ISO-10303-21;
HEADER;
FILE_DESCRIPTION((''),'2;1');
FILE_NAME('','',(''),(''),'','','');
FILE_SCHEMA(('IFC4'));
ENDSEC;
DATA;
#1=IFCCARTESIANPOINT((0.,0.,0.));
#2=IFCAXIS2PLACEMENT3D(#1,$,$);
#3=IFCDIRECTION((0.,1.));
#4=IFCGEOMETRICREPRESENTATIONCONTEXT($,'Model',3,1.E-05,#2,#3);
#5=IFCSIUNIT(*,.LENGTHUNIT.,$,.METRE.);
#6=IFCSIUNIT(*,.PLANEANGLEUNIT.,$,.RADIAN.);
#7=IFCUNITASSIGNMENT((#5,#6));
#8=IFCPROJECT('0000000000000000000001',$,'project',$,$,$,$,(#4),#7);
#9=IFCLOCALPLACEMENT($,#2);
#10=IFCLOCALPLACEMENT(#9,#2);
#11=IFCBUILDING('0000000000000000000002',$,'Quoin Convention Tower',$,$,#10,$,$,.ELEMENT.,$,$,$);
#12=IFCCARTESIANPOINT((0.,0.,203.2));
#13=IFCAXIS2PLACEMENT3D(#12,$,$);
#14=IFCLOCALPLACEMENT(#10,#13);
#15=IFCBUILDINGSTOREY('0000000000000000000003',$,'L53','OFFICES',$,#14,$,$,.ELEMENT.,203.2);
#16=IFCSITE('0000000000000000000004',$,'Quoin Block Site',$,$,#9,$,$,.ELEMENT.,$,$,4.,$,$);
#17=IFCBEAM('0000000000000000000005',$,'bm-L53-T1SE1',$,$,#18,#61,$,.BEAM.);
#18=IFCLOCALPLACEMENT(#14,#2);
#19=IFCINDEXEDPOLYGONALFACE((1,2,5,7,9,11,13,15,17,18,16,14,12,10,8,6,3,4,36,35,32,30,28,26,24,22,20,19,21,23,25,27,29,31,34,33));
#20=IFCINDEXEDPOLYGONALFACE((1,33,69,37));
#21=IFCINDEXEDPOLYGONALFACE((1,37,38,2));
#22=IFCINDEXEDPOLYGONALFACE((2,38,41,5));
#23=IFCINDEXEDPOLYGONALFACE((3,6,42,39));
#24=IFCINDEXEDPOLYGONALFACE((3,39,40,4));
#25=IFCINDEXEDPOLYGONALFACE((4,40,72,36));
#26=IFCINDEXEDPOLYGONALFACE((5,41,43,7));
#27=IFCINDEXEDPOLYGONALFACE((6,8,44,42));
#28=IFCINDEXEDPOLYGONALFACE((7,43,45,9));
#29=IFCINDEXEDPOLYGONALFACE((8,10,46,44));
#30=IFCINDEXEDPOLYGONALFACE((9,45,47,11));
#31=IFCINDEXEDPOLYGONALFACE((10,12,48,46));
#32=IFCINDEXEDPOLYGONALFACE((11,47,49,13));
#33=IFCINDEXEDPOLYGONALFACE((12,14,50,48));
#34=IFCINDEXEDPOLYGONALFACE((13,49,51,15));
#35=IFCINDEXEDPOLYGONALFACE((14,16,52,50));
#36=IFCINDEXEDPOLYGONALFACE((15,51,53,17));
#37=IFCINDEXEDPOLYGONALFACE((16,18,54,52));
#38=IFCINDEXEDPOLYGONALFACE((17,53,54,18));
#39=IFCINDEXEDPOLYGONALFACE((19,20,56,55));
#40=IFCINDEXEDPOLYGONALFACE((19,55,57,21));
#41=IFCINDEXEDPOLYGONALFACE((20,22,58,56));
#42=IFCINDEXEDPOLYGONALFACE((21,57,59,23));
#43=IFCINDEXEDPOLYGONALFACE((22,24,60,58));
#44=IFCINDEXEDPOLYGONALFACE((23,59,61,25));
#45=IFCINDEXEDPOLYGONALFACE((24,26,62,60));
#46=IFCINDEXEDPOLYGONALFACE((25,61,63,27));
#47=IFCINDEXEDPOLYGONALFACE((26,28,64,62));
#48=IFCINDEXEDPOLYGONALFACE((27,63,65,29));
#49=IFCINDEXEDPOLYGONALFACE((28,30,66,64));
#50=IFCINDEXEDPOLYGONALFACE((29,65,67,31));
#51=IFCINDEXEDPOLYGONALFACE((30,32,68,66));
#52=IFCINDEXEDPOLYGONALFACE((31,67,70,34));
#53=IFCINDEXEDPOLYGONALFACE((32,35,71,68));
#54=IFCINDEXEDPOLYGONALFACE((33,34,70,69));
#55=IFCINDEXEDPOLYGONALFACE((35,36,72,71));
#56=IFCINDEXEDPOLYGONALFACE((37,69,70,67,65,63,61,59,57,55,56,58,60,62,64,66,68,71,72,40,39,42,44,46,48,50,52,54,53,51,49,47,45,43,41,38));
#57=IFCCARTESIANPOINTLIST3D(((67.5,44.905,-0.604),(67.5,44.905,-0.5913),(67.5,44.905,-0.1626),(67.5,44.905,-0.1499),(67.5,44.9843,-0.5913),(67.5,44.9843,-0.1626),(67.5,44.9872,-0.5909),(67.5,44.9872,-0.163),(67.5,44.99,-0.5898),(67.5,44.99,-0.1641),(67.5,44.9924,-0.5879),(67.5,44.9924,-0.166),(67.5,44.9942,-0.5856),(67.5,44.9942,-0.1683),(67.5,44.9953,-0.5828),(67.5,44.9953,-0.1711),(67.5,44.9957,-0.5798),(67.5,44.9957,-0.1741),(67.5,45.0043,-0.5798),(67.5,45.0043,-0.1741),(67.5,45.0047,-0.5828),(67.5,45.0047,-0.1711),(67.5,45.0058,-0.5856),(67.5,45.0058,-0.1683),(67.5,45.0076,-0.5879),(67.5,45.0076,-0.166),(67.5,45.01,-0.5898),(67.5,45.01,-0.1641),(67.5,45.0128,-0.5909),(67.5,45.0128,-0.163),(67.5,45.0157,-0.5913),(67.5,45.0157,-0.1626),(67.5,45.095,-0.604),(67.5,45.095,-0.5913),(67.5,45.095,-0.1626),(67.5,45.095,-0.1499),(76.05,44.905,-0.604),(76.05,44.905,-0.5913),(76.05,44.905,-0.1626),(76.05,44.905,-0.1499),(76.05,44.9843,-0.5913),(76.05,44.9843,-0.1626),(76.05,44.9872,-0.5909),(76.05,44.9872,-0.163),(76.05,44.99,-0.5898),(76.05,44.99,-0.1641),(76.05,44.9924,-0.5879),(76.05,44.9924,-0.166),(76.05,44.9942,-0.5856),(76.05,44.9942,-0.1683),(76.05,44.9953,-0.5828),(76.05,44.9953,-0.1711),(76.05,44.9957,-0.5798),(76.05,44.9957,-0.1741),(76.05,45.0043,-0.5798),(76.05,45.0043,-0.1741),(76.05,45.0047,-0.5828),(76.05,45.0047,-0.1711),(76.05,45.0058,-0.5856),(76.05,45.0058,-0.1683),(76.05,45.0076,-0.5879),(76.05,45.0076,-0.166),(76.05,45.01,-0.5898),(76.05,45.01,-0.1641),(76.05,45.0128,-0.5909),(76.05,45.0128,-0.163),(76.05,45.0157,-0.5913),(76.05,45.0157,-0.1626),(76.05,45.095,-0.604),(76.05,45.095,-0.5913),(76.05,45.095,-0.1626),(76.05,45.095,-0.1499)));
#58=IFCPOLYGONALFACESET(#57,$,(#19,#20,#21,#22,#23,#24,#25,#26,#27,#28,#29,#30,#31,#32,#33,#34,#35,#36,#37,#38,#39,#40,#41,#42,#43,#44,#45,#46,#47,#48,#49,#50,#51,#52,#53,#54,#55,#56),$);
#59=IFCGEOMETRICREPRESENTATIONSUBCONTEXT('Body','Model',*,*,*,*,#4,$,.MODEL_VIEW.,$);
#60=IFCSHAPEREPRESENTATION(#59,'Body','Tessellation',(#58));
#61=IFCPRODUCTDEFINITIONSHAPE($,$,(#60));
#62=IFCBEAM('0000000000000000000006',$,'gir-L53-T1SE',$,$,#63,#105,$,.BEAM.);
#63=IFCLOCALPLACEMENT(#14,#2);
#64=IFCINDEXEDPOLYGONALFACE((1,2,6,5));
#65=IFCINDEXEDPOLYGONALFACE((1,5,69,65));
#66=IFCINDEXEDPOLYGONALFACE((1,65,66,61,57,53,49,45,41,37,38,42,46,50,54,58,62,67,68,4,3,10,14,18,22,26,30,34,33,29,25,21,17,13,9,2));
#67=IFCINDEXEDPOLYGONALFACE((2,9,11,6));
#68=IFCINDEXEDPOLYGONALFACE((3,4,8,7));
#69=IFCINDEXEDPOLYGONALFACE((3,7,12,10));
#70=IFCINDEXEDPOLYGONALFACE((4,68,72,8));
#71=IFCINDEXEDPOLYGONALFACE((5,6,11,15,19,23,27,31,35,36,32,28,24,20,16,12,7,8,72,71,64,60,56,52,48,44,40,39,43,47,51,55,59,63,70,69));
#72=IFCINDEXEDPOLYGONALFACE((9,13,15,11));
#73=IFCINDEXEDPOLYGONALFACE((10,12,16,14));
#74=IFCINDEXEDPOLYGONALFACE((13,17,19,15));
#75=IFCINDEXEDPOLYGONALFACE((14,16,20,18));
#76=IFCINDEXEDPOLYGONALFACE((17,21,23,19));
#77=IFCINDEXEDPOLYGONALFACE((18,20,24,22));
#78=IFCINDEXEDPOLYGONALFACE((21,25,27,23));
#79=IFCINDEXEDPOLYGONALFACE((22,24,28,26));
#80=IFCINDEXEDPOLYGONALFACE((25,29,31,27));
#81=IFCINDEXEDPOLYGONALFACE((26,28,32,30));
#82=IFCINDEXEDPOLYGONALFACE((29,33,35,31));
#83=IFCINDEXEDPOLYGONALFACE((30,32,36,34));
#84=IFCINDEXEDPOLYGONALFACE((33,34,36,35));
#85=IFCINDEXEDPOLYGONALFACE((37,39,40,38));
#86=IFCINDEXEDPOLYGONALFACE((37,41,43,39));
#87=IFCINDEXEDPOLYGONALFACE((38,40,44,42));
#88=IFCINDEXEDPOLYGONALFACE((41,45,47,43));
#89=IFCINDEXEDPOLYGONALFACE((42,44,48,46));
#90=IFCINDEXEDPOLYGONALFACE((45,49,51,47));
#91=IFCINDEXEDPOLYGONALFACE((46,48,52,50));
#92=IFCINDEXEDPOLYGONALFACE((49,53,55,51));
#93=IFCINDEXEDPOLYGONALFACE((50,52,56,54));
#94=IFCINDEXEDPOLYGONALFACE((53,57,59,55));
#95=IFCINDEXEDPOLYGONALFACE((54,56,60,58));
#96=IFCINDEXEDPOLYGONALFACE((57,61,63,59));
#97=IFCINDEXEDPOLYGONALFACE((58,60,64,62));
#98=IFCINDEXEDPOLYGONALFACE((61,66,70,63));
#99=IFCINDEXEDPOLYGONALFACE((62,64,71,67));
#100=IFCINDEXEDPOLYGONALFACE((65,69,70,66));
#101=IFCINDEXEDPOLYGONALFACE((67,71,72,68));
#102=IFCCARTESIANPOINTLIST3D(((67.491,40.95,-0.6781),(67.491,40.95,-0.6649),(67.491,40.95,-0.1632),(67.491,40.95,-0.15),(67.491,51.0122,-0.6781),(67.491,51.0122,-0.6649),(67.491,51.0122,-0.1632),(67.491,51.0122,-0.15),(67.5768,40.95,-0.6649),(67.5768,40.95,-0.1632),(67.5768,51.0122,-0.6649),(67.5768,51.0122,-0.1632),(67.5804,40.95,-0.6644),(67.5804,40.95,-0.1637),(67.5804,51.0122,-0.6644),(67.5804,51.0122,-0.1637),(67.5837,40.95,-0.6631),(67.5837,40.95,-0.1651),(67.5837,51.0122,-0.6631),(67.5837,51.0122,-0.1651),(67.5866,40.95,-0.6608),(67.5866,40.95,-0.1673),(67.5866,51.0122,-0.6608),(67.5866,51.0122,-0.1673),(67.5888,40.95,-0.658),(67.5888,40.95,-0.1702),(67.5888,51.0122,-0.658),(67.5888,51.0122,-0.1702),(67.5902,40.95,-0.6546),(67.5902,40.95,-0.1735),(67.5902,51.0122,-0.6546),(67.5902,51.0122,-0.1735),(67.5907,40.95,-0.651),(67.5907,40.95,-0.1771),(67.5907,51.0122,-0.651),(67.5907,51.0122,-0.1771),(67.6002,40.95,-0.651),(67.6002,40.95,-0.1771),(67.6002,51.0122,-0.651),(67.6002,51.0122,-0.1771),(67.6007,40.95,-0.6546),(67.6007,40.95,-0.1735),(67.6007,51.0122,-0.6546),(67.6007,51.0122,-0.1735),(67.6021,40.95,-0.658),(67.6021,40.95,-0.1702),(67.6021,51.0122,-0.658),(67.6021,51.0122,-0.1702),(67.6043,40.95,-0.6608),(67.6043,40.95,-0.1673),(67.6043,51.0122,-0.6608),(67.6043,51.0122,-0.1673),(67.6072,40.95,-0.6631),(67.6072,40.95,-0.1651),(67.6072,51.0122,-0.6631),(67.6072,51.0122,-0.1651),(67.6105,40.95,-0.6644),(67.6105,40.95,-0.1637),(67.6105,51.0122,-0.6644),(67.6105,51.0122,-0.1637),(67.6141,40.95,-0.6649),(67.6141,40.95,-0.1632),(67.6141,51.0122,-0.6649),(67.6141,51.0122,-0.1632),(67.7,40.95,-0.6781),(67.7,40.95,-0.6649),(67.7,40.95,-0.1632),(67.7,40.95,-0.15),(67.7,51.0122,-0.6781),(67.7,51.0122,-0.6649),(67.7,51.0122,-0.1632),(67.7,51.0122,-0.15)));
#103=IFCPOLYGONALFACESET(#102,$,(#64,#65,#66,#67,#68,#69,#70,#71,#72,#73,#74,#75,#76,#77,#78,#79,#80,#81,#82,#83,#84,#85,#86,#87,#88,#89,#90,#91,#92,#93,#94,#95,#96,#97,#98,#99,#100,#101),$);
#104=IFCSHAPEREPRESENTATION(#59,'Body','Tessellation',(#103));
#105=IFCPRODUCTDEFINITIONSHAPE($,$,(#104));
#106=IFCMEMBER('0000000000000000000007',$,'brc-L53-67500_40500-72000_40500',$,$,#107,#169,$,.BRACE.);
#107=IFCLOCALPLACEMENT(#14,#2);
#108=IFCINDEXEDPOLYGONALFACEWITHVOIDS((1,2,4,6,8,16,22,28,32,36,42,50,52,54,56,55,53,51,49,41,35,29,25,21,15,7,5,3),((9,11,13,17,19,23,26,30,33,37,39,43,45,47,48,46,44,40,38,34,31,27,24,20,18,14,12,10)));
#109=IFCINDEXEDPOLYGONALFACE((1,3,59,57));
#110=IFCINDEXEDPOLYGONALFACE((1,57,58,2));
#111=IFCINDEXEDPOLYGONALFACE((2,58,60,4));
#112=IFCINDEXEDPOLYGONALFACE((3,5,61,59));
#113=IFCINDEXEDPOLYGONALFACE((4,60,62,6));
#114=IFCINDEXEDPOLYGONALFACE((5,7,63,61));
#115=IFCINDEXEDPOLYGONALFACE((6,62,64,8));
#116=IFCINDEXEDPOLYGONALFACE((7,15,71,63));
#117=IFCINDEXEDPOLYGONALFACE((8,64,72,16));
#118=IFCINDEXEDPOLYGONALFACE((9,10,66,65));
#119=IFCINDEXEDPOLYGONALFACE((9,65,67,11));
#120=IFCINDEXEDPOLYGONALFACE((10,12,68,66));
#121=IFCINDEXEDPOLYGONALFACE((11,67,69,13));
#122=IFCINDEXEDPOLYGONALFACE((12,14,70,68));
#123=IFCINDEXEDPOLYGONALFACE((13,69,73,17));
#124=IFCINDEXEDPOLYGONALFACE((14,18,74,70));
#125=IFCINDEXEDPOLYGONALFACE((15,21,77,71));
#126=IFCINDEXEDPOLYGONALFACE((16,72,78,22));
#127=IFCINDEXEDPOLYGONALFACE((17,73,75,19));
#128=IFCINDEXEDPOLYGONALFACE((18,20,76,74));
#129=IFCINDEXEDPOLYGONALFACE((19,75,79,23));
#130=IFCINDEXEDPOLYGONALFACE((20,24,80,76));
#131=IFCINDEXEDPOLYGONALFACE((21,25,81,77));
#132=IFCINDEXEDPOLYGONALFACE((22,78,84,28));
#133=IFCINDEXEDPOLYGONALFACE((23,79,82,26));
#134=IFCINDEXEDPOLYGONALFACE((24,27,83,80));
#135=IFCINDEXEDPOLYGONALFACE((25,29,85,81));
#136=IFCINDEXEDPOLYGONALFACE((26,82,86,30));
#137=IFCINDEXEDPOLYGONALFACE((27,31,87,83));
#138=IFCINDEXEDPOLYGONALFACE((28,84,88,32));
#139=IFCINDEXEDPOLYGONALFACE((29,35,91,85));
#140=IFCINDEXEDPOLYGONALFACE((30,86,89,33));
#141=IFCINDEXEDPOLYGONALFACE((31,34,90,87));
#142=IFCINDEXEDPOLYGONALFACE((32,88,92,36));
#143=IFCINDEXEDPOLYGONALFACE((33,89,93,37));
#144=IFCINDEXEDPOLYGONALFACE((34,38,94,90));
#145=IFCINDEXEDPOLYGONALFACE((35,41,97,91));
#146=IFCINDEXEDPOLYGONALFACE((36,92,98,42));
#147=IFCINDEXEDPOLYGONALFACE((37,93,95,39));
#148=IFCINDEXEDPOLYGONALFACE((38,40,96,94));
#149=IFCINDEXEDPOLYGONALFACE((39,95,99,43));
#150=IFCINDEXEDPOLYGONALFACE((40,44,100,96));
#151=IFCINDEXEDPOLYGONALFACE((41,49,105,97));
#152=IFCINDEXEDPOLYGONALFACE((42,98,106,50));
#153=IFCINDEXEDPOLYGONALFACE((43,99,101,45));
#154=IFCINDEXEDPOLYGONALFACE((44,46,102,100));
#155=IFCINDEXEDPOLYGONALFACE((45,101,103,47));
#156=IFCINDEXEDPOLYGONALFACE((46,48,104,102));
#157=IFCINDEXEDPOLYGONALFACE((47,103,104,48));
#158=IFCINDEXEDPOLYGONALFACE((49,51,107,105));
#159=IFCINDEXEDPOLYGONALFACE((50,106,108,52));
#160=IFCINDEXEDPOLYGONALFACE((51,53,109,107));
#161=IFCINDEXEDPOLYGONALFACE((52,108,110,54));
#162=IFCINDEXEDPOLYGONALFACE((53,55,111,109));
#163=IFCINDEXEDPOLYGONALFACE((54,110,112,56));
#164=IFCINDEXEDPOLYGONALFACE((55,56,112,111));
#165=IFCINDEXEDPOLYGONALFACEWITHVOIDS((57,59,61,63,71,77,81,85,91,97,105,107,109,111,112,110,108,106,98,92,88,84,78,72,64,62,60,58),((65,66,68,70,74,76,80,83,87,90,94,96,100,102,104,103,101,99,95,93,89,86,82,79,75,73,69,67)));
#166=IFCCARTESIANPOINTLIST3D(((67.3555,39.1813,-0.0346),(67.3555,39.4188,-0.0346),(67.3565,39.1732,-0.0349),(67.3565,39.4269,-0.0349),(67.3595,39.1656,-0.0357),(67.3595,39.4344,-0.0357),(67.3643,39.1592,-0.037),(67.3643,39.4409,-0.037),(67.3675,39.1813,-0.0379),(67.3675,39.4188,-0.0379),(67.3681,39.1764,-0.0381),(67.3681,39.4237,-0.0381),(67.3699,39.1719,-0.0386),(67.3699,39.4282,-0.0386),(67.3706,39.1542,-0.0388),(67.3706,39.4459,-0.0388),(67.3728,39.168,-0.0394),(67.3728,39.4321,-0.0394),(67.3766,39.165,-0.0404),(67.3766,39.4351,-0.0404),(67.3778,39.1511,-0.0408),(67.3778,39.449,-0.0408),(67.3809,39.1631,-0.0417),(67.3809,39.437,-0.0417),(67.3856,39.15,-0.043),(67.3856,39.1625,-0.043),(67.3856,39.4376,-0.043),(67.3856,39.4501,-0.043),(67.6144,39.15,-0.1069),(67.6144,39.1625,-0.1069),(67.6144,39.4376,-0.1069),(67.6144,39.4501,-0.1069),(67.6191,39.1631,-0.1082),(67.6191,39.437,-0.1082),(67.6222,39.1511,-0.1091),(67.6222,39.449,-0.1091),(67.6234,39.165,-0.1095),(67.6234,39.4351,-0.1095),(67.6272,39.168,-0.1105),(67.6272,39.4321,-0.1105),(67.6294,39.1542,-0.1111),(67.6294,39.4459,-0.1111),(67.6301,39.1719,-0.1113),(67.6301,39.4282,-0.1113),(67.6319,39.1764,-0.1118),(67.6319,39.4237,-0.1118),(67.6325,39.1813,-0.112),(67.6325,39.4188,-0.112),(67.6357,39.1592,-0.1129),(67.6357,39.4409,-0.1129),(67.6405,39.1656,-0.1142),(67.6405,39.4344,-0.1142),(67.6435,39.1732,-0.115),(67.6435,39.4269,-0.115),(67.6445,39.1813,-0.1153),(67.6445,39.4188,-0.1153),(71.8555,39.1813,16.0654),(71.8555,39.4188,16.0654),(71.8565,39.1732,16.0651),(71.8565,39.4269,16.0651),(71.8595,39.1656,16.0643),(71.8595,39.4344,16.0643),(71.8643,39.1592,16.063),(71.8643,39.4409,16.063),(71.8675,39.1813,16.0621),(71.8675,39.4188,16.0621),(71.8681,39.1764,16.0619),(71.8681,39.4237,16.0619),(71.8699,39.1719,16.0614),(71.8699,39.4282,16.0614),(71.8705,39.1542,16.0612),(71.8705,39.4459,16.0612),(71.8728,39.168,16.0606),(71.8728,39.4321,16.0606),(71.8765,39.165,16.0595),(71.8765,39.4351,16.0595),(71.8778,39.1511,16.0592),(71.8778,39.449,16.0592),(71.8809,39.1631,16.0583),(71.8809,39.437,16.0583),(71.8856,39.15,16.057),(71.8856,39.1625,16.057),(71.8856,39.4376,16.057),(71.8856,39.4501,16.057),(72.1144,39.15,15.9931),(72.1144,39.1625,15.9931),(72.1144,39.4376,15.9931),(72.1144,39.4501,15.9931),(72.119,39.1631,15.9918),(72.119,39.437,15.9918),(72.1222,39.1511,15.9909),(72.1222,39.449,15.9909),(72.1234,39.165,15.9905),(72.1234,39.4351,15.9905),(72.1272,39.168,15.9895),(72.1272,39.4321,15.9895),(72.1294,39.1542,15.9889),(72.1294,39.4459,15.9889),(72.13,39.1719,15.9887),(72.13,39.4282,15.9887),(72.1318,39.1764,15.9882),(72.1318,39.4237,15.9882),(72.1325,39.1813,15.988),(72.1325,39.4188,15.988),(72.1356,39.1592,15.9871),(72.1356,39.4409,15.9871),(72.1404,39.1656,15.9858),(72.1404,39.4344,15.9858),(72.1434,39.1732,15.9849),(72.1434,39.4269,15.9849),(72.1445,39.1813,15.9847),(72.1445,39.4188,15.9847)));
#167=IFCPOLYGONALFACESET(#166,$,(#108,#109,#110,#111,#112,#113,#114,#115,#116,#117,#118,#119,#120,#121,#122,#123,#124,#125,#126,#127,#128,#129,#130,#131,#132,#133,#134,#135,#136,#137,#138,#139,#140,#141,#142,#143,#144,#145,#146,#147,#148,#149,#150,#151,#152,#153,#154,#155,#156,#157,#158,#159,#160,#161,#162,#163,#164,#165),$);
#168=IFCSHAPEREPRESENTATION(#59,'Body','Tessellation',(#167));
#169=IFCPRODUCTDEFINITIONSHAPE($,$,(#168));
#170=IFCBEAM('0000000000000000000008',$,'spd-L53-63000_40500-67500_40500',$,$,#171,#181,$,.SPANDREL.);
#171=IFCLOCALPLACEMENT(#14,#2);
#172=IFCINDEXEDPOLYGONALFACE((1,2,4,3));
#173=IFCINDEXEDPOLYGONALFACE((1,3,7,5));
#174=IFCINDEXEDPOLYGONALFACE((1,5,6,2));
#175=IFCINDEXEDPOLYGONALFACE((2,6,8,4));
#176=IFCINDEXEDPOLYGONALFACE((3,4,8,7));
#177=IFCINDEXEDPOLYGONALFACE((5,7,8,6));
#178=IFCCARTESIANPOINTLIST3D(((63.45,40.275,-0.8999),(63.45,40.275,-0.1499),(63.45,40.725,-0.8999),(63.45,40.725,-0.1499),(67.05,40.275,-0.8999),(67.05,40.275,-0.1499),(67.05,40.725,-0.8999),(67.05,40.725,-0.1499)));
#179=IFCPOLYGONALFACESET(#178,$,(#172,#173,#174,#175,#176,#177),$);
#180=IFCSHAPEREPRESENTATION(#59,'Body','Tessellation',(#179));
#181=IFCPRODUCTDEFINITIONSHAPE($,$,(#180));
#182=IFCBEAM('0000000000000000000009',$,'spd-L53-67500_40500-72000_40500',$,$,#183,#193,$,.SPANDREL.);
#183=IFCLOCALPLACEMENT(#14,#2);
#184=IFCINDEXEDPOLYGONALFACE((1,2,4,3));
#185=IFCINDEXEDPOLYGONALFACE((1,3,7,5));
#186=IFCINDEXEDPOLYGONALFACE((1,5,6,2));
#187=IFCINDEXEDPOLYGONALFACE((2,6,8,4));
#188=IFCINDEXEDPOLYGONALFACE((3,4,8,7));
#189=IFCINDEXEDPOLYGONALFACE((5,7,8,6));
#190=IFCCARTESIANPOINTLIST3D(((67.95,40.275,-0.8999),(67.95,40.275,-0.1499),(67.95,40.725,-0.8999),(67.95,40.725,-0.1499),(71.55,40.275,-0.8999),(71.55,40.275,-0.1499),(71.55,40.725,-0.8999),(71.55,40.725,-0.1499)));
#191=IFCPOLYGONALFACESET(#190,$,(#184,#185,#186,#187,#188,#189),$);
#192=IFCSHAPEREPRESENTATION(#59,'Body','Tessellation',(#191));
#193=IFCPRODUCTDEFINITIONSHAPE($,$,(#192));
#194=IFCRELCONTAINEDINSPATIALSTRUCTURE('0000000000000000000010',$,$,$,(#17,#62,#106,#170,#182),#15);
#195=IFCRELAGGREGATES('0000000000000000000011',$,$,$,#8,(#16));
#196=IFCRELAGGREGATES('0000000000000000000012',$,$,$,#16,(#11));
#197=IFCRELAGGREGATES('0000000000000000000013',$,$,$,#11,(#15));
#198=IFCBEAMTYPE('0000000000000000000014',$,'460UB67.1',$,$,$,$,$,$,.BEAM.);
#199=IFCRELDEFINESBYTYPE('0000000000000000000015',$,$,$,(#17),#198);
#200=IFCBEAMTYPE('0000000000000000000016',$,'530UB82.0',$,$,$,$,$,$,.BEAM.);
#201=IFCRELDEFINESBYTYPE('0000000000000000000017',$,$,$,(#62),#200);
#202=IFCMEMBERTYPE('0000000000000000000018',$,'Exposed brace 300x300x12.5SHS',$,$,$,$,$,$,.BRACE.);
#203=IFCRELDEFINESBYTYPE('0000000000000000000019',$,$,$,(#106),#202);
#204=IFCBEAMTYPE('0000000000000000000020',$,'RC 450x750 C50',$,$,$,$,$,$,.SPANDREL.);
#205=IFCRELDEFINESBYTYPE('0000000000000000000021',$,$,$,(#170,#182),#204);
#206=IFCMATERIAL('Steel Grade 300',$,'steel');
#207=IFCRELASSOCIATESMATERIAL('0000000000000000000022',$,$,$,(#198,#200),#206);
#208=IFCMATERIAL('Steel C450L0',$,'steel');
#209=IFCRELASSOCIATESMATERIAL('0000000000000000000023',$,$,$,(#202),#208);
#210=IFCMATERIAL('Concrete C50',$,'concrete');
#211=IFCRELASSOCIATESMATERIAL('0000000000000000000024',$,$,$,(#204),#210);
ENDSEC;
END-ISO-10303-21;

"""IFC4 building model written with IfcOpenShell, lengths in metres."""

from ifc_helpers import new_model, si_unit, direction, frame, origin, origin_2d, place, context, subcontext, project, spatial, rectangle, hollow_rectangle, i_section, extrude, material, material_profile, profile_set, type_object, element, save


model = new_model("IFC4")

# Units and contexts
model_context = context("Model", 3, precision=1e-05, world=origin(), true_north=direction((0.0, 1.0)))
body_context = subcontext(model_context, "Body", "Model", "MODEL_VIEW")
ifc_project = project(units=[si_unit("LENGTHUNIT", "METRE"), si_unit("PLANEANGLEUNIT", "RADIAN")], contexts=[model_context])

# Site, building, storey
site_placement = place(None, origin())
site = spatial("IfcSite", under=ifc_project, at=site_placement, Name="Quoin Block Site", CompositionType="ELEMENT", RefElevation=4.0)
building_placement = place(site_placement, origin())
building = spatial("IfcBuilding", under=site, at=building_placement, Name="Quoin Convention Tower", CompositionType="ELEMENT")
storey_placement = place(building_placement, frame((0.0, 0.0, 203.2)))
storey = spatial("IfcBuildingStorey", under=building, at=storey_placement, Name="L53", Description="OFFICES", CompositionType="ELEMENT", Elevation=203.2)

# Shared definitions
ifc_material_1 = material(Name="Concrete C50", Category="concrete")

# Beams
ifc_material_2 = material(Name="Steel Grade 300", Category="steel")
ifc_material_profile_1 = material_profile(ifc_material_2, i_section(OverallWidth=0.1899, OverallDepth=0.4541, WebThickness=0.0085, FlangeThickness=0.0127, FilletRadius=0.0115, at=origin_2d()), Name="460UB67.1")
ifc_profile_set_1 = profile_set([ifc_material_profile_1], Name="Steel Grade 300")
beam_type_1 = type_object("IfcBeamType", Name="460UB67.1", PredefinedType="BEAM", material=ifc_profile_set_1)
beam_1_placement = place(storey_placement, frame((67.5, 45.0, -0.377), z_axis=(1.0, 0.0, 0.0), x_axis=(0.0, 1.0, 0.0)))
element("IfcBeam", 1, at=beam_1_placement, inside=storey, type_object=beam_type_1, Name="bm-L53-T1SE1", PredefinedType="BEAM", context=body_context, shape_type="SweptSolid", body=[
    extrude(i_section(OverallWidth=0.1899, OverallDepth=0.4541, WebThickness=0.0085, FlangeThickness=0.0127, FilletRadius=0.0115, at=origin_2d()), origin(), (0.0, 0.0, 1.0), 8.55),
])
ifc_material_profile_2 = material_profile(ifc_material_2, i_section(OverallWidth=0.209, OverallDepth=0.5281, WebThickness=0.0095, FlangeThickness=0.0132, FilletRadius=0.0139, at=origin_2d()), Name="530UB82.0")
ifc_profile_set_2 = profile_set([ifc_material_profile_2], Name="Steel Grade 300")
beam_type_2 = type_object("IfcBeamType", Name="530UB82.0", PredefinedType="BEAM", material=ifc_profile_set_2)
beam_2_placement = place(storey_placement, frame((67.5955, 40.95, -0.4141), z_axis=(0.0, 1.0, 0.0), x_axis=(-1.0, 0.0, 0.0)))
element("IfcBeam", 2, at=beam_2_placement, inside=storey, type_object=beam_type_2, Name="gir-L53-T1SE", PredefinedType="BEAM", context=body_context, shape_type="SweptSolid", body=[
    extrude(i_section(OverallWidth=0.209, OverallDepth=0.5281, WebThickness=0.0095, FlangeThickness=0.0132, FilletRadius=0.0139, at=origin_2d()), origin(), (0.0, 0.0, 1.0), 10.0623),
])

# Member
ifc_material_3 = material(Name="Steel C450L0", Category="steel")
ifc_material_profile_3 = material_profile(ifc_material_3, hollow_rectangle(XDim=0.3, YDim=0.3, WallThickness=0.0125, InnerFilletRadius=0.0188, OuterFilletRadius=0.0312, at=origin_2d()), Name="300x300x12.5SHS")
ifc_profile_set_3 = profile_set([ifc_material_profile_3], Name="Steel C450L0")
member_type = type_object("IfcMemberType", Name="Exposed brace 300x300x12.5SHS", PredefinedType="BRACE", material=ifc_profile_set_3)
member_placement = place(storey_placement, frame((67.5, 39.3, -0.075), z_axis=(0.269185, 0.0, 0.963089), x_axis=(0.0, 1.0, 0.0)))
element("IfcMember", 3, at=member_placement, inside=storey, type_object=member_type, Name="brc-L53-67500_40500-72000_40500", PredefinedType="BRACE", context=body_context, shape_type="SweptSolid", body=[
    extrude(hollow_rectangle(XDim=0.3, YDim=0.3, WallThickness=0.0125, InnerFilletRadius=0.0188, OuterFilletRadius=0.0312, at=origin_2d()), origin(), (0.0, 0.0, 1.0), 16.717),
])

# Beams
ifc_material_profile_4 = material_profile(ifc_material_1, rectangle(XDim=0.45, YDim=0.75, at=origin_2d()), Name="RC 450x750")
ifc_profile_set_4 = profile_set([ifc_material_profile_4], Name="Concrete C50")
beam_type_3 = type_object("IfcBeamType", Name="RC 450x750 C50", PredefinedType="SPANDREL", material=ifc_profile_set_4)
for number, where, z_axis, x_axis, name in (
    (4, (63.45, 40.5, -0.5249), (1.0, 0.0, 0.0), (0.0, 1.0, 0.0), "spd-L53-63000_40500-67500_40500"),
    (5, (67.95, 40.5, -0.5249), (1.0, 0.0, 0.0), (0.0, 1.0, 0.0), "spd-L53-67500_40500-72000_40500"),
):
    element("IfcBeam", number, at=place(storey_placement, frame(where, z_axis=z_axis, x_axis=x_axis)), inside=storey, type_object=beam_type_3, Name=name, PredefinedType="SPANDREL", context=body_context, shape_type="SweptSolid", body=[
        extrude(rectangle(XDim=0.45, YDim=0.75, at=origin_2d()), origin(), (0.0, 0.0, 1.0), 3.6001),
    ])

save(model, "model.ifc")
